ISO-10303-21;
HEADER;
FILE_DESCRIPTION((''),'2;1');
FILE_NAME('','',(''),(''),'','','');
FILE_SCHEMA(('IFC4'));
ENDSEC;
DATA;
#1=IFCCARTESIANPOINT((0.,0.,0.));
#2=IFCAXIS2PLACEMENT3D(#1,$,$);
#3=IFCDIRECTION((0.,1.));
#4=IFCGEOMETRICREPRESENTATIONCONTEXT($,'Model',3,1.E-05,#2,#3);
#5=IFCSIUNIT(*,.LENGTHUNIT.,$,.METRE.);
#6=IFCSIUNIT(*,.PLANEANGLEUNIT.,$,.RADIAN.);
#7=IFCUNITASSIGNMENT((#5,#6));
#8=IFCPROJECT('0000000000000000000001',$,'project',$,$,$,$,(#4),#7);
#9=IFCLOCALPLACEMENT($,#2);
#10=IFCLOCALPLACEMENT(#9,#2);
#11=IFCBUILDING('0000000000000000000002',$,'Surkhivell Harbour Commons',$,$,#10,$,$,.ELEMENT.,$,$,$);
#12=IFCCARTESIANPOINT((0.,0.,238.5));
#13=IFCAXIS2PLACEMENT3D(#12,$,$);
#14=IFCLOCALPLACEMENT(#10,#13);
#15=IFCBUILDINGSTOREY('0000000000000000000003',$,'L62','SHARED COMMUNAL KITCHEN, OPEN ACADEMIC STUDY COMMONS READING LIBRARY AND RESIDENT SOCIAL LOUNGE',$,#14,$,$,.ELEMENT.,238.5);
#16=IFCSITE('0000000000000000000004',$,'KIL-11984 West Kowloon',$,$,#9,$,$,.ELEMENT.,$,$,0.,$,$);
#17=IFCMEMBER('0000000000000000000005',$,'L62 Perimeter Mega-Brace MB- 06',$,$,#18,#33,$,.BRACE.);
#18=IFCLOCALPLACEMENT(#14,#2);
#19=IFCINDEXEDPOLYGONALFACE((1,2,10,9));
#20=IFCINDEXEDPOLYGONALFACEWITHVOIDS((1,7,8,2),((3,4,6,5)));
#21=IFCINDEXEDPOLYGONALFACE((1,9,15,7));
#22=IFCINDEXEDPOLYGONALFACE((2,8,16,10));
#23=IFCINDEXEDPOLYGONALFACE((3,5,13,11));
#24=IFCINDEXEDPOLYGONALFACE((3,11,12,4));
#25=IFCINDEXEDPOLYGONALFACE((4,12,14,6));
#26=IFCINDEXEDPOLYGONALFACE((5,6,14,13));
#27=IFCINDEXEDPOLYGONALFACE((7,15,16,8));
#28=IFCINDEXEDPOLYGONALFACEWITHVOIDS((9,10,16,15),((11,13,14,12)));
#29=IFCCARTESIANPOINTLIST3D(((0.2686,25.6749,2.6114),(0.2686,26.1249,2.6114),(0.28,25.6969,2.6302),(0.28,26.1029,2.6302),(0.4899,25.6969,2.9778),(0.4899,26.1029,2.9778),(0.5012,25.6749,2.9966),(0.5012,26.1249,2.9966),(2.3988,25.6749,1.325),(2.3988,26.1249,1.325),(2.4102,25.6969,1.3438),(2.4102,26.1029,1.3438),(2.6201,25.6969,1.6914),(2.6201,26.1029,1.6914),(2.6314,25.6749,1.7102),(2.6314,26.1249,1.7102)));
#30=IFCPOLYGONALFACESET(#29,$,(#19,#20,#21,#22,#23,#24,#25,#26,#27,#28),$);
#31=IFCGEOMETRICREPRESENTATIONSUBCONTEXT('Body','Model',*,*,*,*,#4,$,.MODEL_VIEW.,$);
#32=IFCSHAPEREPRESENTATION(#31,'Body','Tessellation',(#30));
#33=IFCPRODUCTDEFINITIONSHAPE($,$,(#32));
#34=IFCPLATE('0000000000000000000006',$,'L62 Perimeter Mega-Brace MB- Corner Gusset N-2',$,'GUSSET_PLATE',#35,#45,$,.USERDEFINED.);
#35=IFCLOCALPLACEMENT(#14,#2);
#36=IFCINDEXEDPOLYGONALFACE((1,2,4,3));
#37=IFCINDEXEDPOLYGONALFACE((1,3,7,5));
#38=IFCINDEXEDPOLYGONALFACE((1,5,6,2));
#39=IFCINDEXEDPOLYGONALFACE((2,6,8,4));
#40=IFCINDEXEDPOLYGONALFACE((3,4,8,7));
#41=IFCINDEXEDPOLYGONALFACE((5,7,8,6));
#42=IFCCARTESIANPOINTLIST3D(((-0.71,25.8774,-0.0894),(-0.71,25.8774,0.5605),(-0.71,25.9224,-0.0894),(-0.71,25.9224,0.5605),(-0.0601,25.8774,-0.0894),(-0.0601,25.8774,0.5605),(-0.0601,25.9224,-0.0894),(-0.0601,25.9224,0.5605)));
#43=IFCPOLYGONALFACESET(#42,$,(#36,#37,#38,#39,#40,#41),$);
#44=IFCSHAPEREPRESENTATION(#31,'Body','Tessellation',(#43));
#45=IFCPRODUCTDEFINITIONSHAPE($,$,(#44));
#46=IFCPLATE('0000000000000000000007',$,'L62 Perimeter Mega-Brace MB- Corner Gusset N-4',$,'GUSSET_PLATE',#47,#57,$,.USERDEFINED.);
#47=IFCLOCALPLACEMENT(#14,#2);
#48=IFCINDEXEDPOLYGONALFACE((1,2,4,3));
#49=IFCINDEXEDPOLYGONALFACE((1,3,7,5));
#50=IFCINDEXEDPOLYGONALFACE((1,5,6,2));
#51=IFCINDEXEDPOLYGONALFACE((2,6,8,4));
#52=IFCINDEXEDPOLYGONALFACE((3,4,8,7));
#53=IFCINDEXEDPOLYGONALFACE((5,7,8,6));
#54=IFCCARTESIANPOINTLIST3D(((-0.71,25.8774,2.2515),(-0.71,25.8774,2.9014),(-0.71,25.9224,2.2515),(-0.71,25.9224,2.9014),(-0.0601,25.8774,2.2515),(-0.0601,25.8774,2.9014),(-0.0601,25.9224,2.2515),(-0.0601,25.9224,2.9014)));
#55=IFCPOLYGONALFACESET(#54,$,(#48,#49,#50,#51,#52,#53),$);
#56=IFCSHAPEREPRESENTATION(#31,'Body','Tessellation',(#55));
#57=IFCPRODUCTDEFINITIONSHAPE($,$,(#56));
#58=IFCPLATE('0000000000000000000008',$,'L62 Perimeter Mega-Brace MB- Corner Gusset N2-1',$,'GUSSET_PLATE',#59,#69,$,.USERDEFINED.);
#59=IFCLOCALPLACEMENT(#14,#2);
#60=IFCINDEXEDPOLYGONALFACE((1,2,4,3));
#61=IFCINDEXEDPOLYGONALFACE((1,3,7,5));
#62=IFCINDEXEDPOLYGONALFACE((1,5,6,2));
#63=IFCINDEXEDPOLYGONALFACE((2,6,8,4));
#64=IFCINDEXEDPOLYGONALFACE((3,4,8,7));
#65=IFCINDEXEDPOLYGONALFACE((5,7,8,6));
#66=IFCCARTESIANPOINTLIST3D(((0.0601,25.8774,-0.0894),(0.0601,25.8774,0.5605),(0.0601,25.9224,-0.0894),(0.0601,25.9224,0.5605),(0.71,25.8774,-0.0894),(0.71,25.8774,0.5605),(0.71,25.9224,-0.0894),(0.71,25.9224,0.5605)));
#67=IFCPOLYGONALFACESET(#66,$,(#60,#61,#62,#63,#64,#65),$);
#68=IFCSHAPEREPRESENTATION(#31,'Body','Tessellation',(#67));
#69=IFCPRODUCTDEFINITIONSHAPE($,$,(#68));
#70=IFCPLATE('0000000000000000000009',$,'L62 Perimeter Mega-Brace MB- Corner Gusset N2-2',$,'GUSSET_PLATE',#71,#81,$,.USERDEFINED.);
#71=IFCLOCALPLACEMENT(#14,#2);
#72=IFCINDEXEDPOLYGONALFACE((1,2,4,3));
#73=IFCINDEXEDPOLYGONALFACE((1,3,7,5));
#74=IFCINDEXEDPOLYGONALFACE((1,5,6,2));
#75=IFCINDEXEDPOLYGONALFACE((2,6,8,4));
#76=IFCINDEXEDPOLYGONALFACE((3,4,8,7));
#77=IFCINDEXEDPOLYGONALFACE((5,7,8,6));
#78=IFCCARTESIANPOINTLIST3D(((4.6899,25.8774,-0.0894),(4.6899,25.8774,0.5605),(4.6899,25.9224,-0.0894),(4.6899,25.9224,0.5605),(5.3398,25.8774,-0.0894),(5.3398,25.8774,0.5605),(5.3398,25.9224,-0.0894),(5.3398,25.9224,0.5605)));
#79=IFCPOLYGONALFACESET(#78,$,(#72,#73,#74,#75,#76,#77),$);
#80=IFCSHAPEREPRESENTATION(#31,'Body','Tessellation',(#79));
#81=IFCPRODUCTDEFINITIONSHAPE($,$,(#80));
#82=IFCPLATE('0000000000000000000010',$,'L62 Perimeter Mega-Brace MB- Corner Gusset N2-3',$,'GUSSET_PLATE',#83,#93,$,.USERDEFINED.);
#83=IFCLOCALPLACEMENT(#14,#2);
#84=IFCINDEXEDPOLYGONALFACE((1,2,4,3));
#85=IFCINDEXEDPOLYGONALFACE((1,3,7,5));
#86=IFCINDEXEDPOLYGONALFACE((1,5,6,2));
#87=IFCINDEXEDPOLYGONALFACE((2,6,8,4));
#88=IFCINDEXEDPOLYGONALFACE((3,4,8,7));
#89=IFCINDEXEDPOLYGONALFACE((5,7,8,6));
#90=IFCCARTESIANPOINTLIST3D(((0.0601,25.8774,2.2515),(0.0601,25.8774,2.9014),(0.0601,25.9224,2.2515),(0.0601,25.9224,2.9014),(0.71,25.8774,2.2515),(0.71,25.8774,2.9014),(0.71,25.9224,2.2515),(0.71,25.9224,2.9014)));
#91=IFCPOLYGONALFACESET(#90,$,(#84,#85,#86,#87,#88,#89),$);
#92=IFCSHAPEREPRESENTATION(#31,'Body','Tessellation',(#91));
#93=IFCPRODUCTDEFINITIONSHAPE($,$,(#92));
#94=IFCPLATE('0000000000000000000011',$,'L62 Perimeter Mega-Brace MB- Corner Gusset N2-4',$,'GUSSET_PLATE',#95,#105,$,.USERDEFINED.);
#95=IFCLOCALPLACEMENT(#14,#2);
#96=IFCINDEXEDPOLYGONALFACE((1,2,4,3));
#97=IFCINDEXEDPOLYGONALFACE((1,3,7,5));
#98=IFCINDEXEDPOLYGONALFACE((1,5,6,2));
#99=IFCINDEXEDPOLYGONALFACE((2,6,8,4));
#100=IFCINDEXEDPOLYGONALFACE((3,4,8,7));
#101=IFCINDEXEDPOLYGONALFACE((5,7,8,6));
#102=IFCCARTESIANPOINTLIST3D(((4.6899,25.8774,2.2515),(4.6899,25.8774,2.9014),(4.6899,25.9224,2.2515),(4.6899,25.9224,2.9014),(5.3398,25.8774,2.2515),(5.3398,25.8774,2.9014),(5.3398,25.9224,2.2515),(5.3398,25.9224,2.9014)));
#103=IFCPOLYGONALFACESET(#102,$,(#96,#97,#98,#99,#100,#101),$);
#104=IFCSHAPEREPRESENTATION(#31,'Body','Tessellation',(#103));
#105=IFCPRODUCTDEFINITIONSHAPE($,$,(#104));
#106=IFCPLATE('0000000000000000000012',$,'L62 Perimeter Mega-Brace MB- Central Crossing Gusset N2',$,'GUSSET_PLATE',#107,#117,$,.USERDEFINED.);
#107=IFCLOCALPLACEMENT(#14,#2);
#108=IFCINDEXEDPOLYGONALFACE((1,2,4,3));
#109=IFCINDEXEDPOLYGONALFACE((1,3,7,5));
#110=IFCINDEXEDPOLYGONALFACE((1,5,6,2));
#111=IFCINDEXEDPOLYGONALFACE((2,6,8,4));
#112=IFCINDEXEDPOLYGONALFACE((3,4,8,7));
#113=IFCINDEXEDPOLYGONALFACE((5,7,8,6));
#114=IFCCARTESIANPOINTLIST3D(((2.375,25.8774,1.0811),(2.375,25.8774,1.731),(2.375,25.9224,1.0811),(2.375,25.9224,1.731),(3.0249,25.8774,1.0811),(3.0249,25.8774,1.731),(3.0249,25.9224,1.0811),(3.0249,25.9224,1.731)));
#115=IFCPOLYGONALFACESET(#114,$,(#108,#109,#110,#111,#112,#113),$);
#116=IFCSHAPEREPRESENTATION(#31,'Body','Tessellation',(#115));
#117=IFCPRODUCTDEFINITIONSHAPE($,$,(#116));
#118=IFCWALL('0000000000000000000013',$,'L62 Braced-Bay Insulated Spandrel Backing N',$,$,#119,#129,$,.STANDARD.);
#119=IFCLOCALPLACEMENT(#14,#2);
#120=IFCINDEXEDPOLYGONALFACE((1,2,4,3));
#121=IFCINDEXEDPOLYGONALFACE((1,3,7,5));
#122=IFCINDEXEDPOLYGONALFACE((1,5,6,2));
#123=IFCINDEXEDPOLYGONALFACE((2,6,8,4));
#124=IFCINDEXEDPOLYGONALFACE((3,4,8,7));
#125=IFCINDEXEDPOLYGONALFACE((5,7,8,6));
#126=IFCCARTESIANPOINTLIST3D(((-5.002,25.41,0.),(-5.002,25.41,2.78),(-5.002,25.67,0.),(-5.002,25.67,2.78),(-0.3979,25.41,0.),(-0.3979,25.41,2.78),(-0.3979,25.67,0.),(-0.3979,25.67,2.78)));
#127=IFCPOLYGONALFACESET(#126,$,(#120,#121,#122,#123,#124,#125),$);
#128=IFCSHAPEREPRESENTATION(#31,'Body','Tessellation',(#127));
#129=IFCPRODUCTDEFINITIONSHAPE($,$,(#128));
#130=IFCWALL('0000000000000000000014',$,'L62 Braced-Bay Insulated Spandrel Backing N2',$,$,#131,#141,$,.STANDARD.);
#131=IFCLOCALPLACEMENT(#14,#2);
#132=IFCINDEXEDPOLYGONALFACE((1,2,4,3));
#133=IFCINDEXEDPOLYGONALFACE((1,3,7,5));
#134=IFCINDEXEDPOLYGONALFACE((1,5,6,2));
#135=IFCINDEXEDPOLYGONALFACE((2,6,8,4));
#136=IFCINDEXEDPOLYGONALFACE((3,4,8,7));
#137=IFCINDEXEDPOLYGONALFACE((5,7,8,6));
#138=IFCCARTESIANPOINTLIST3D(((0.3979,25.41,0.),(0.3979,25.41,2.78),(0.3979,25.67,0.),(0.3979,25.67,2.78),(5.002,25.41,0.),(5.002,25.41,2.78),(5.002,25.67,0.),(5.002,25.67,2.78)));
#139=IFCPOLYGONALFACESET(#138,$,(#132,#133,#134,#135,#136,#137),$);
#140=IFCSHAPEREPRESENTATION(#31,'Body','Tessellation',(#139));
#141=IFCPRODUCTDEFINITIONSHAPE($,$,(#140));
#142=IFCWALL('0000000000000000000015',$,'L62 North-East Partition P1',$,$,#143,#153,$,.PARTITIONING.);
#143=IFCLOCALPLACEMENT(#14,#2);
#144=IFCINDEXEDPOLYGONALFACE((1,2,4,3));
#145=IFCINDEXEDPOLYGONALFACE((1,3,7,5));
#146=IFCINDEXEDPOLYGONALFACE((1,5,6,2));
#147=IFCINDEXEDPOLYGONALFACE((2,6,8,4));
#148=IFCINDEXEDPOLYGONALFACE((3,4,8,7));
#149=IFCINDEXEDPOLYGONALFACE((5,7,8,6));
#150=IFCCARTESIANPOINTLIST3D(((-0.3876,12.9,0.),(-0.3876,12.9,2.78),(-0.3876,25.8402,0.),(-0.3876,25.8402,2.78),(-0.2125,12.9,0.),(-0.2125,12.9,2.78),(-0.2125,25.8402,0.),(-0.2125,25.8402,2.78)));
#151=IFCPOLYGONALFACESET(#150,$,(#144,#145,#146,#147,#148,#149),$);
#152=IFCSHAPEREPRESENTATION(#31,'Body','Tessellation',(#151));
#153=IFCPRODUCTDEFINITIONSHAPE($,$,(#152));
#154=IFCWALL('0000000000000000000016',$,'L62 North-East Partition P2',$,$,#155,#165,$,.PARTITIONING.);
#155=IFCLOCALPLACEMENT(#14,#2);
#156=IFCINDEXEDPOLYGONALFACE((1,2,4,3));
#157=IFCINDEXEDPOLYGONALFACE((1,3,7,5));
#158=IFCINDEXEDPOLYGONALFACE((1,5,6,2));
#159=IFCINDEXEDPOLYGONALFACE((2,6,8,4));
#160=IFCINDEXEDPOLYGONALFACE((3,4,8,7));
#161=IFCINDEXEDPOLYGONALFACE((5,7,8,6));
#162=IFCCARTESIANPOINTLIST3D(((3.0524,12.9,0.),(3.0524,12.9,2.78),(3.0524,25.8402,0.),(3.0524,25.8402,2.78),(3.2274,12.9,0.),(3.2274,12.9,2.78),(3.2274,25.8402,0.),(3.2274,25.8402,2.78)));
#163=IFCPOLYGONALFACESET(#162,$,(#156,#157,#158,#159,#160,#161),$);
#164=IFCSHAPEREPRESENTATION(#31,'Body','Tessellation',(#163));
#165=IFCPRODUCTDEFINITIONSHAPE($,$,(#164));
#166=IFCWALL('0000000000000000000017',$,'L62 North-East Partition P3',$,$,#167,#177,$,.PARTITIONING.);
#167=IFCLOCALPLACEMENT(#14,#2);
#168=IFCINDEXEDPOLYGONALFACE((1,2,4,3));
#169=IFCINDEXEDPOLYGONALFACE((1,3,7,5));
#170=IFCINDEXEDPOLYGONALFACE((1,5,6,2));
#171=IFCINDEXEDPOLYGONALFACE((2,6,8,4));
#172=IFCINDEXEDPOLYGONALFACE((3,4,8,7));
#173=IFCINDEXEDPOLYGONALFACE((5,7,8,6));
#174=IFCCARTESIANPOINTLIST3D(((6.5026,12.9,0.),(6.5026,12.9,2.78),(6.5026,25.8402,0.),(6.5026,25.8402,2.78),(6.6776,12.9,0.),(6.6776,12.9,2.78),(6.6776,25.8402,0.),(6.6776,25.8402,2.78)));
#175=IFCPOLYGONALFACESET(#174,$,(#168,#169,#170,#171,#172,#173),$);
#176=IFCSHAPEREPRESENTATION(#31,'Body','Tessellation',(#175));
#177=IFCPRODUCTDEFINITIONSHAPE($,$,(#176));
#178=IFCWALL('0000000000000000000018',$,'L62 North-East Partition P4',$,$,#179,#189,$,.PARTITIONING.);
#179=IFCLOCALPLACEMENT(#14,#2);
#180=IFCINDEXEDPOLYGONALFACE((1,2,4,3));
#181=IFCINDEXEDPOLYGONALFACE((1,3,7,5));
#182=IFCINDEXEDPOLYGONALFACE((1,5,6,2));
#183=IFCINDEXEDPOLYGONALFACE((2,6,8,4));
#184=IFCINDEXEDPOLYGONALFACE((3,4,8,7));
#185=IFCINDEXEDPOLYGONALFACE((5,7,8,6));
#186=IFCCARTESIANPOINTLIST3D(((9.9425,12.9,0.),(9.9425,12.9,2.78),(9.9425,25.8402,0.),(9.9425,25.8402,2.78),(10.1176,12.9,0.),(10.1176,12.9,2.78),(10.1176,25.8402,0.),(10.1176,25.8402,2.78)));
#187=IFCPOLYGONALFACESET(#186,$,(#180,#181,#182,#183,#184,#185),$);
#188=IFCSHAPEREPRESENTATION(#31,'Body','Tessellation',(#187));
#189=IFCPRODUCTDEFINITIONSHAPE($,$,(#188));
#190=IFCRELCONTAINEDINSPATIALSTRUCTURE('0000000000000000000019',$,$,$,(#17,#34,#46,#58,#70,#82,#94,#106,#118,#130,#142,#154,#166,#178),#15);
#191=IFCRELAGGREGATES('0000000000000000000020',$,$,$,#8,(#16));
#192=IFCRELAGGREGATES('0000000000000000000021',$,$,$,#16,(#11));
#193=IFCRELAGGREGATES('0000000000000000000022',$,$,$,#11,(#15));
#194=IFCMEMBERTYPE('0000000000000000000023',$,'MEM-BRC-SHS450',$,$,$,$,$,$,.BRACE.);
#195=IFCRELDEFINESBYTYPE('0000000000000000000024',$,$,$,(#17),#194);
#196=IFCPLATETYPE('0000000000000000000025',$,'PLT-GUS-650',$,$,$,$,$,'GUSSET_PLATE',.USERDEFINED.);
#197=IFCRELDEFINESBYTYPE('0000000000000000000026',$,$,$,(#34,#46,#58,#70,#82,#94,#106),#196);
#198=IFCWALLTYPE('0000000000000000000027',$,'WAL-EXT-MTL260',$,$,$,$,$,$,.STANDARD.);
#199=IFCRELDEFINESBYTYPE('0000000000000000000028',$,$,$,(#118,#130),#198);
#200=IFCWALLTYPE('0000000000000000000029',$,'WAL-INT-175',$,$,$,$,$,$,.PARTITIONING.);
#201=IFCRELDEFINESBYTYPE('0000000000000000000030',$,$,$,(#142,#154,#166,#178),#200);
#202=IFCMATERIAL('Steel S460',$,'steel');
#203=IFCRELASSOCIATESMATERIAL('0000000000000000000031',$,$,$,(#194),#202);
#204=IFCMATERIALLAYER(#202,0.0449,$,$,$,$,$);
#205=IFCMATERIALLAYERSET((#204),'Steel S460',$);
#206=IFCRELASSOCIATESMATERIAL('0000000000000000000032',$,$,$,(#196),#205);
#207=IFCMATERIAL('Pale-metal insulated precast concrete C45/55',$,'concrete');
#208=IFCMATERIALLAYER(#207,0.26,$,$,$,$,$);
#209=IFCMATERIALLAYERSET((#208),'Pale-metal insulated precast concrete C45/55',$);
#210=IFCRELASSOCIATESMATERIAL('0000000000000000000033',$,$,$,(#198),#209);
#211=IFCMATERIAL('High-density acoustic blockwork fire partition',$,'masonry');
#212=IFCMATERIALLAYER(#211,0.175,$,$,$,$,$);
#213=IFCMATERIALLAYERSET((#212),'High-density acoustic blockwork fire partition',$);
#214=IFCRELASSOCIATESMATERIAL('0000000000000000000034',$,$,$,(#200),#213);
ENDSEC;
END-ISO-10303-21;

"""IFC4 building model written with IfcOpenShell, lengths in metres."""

from ifc_helpers import new_model, si_unit, direction, frame, frame_2d, origin, origin_2d, place, context, subcontext, project, spatial, rectangle, hollow_rectangle, extrude, material, layer, layer_set, material_profile, profile_set, type_object, element, save


model = new_model("IFC4")

# Units and contexts
model_context = context("Model", 3, precision=1e-05, world=origin(), true_north=direction((0.0, 1.0)))
body_context = subcontext(model_context, "Body", "Model", "MODEL_VIEW")
ifc_project = project(units=[si_unit("LENGTHUNIT", "METRE"), si_unit("PLANEANGLEUNIT", "RADIAN")], contexts=[model_context])

# Site, building, storey
site_placement = place(None, origin())
site = spatial("IfcSite", under=ifc_project, at=site_placement, Name="KIL-11984 West Kowloon", CompositionType="ELEMENT", RefElevation=0.0)
building_placement = place(site_placement, origin())
building = spatial("IfcBuilding", under=site, at=building_placement, Name="Surkhivell Harbour Commons", CompositionType="ELEMENT")
storey_placement = place(building_placement, frame((0.0, 0.0, 238.5)))
storey = spatial("IfcBuildingStorey", under=building, at=storey_placement, Name="L62", Description="SHARED COMMUNAL KITCHEN, OPEN ACADEMIC STUDY COMMONS READING LIBRARY AND RESIDENT SOCIAL LOUNGE", CompositionType="ELEMENT", Elevation=238.5)

# Member
ifc_material_1 = material(Name="Steel S460", Category="steel")
ifc_material_profile_1 = material_profile(ifc_material_1, hollow_rectangle(XDim=0.45, YDim=0.45, WallThickness=0.022, at=origin_2d()), Name="SHS450x450x22")
ifc_profile_set_1 = profile_set([ifc_material_profile_1], Name="Steel S460")
member_type_1 = type_object("IfcMemberType", Name="MEM-BRC-SHS450", PredefinedType="BRACE", material=ifc_profile_set_1)
member_1_placement = place(storey_placement, frame((2.5151, 25.8999, 1.5176), z_axis=(-0.856018, 0.0, 0.516946), x_axis=(0.0, -1.0, 0.0)))
element("IfcMember", 1, at=member_1_placement, inside=storey, type_object=member_type_1, Name="L62 Perimeter Mega-Brace MB- 06", PredefinedType="BRACE", context=body_context, shape_type="SweptSolid", body=[
    extrude(hollow_rectangle(XDim=0.45, YDim=0.45, WallThickness=0.022, at=origin_2d()), origin(), (0.0, 0.0, 1.0), 2.4885),
])

# Plates
ifc_layer_1 = layer(ifc_material_1, 0.0449)
ifc_layer_set_1 = layer_set([ifc_layer_1], Name="Steel S460")
plate_type = type_object("IfcPlateType", Name="PLT-GUS-650", ElementType="GUSSET_PLATE", PredefinedType="USERDEFINED", material=ifc_layer_set_1)
for number, where, z_axis, x_axis, name in (
    (2, (-0.385, 25.8999, -0.0894), (0.0, 0.0, 1.0), (1.0, 0.0, 0.0), "L62 Perimeter Mega-Brace MB- Corner Gusset N-2"),
    (3, (-0.385, 25.8999, 2.2515), (0.0, 0.0, 1.0), (1.0, 0.0, 0.0), "L62 Perimeter Mega-Brace MB- Corner Gusset N-4"),
    (4, (0.385, 25.8999, -0.0894), (0.0, 0.0, 1.0), (1.0, 0.0, 0.0), "L62 Perimeter Mega-Brace MB- Corner Gusset N2-1"),
    (5, (5.0149, 25.8999, -0.0894), (0.0, 0.0, 1.0), (1.0, 0.0, 0.0), "L62 Perimeter Mega-Brace MB- Corner Gusset N2-2"),
    (6, (0.385, 25.8999, 2.2515), (0.0, 0.0, 1.0), (1.0, 0.0, 0.0), "L62 Perimeter Mega-Brace MB- Corner Gusset N2-3"),
    (7, (5.0149, 25.8999, 2.2515), (0.0, 0.0, 1.0), (1.0, 0.0, 0.0), "L62 Perimeter Mega-Brace MB- Corner Gusset N2-4"),
    (8, (2.7, 25.8999, 1.0811), (0.0, 0.0, 1.0), (1.0, 0.0, 0.0), "L62 Perimeter Mega-Brace MB- Central Crossing Gusset N2"),
):
    element("IfcPlate", number, at=place(storey_placement, frame(where, z_axis=z_axis, x_axis=x_axis)), inside=storey, type_object=plate_type, Name=name, ObjectType="GUSSET_PLATE", PredefinedType="USERDEFINED", context=body_context, shape_type="SweptSolid", body=[
        extrude(rectangle(XDim=0.6499, YDim=0.0449, at=origin_2d()), origin(), (0.0, 0.0, 1.0), 0.6499),
    ])

# Walls
ifc_material_2 = material(Name="Pale-metal insulated precast concrete C45/55", Category="concrete")
ifc_layer_2 = layer(ifc_material_2, 0.26)
ifc_layer_set_2 = layer_set([ifc_layer_2], Name="Pale-metal insulated precast concrete C45/55")
wall_type_1 = type_object("IfcWallType", Name="WAL-EXT-MTL260", PredefinedType="STANDARD", material=ifc_layer_set_2)
for number, where, z_axis, x_axis, name in (
    (9, (-0.3979, 25.54, 0.0), (0.0, 0.0, 1.0), (-1.0, 0.0, 0.0), "L62 Braced-Bay Insulated Spandrel Backing N"),
    (10, (5.002, 25.54, 0.0), (0.0, 0.0, 1.0), (-1.0, 0.0, 0.0), "L62 Braced-Bay Insulated Spandrel Backing N2"),
):
    element("IfcWall", number, at=place(storey_placement, frame(where, z_axis=z_axis, x_axis=x_axis)), inside=storey, type_object=wall_type_1, Name=name, PredefinedType="STANDARD", context=body_context, shape_type="SweptSolid", body=[
        extrude(rectangle(XDim=4.604, YDim=0.26, at=frame_2d((2.302, 0.0))), origin(), (0.0, 0.0, 1.0), 2.78),
    ])
ifc_material_3 = material(Name="High-density acoustic blockwork fire partition", Category="masonry")
ifc_layer_3 = layer(ifc_material_3, 0.175)
ifc_layer_set_3 = layer_set([ifc_layer_3], Name="High-density acoustic blockwork fire partition")
wall_type_2 = type_object("IfcWallType", Name="WAL-INT-175", PredefinedType="PARTITIONING", material=ifc_layer_set_3)
for number, where, z_axis, x_axis, name in (
    (11, (-0.3, 12.8999, 0.0), (0.0, 0.0, 1.0), (0.0, 1.0, 0.0), "L62 North-East Partition P1"),
    (12, (3.1399, 12.8999, 0.0), (0.0, 0.0, 1.0), (0.0, 1.0, 0.0), "L62 North-East Partition P2"),
    (13, (6.5901, 12.8999, 0.0), (0.0, 0.0, 1.0), (0.0, 1.0, 0.0), "L62 North-East Partition P3"),
    (14, (10.03, 12.8999, 0.0), (0.0, 0.0, 1.0), (0.0, 1.0, 0.0), "L62 North-East Partition P4"),
):
    element("IfcWall", number, at=place(storey_placement, frame(where, z_axis=z_axis, x_axis=x_axis)), inside=storey, type_object=wall_type_2, Name=name, PredefinedType="PARTITIONING", context=body_context, shape_type="SweptSolid", body=[
        extrude(rectangle(XDim=12.9402, YDim=0.175, at=frame_2d((6.4702, 0.0))), origin(), (0.0, 0.0, 1.0), 2.78),
    ])

save(model, "model.ifc")
